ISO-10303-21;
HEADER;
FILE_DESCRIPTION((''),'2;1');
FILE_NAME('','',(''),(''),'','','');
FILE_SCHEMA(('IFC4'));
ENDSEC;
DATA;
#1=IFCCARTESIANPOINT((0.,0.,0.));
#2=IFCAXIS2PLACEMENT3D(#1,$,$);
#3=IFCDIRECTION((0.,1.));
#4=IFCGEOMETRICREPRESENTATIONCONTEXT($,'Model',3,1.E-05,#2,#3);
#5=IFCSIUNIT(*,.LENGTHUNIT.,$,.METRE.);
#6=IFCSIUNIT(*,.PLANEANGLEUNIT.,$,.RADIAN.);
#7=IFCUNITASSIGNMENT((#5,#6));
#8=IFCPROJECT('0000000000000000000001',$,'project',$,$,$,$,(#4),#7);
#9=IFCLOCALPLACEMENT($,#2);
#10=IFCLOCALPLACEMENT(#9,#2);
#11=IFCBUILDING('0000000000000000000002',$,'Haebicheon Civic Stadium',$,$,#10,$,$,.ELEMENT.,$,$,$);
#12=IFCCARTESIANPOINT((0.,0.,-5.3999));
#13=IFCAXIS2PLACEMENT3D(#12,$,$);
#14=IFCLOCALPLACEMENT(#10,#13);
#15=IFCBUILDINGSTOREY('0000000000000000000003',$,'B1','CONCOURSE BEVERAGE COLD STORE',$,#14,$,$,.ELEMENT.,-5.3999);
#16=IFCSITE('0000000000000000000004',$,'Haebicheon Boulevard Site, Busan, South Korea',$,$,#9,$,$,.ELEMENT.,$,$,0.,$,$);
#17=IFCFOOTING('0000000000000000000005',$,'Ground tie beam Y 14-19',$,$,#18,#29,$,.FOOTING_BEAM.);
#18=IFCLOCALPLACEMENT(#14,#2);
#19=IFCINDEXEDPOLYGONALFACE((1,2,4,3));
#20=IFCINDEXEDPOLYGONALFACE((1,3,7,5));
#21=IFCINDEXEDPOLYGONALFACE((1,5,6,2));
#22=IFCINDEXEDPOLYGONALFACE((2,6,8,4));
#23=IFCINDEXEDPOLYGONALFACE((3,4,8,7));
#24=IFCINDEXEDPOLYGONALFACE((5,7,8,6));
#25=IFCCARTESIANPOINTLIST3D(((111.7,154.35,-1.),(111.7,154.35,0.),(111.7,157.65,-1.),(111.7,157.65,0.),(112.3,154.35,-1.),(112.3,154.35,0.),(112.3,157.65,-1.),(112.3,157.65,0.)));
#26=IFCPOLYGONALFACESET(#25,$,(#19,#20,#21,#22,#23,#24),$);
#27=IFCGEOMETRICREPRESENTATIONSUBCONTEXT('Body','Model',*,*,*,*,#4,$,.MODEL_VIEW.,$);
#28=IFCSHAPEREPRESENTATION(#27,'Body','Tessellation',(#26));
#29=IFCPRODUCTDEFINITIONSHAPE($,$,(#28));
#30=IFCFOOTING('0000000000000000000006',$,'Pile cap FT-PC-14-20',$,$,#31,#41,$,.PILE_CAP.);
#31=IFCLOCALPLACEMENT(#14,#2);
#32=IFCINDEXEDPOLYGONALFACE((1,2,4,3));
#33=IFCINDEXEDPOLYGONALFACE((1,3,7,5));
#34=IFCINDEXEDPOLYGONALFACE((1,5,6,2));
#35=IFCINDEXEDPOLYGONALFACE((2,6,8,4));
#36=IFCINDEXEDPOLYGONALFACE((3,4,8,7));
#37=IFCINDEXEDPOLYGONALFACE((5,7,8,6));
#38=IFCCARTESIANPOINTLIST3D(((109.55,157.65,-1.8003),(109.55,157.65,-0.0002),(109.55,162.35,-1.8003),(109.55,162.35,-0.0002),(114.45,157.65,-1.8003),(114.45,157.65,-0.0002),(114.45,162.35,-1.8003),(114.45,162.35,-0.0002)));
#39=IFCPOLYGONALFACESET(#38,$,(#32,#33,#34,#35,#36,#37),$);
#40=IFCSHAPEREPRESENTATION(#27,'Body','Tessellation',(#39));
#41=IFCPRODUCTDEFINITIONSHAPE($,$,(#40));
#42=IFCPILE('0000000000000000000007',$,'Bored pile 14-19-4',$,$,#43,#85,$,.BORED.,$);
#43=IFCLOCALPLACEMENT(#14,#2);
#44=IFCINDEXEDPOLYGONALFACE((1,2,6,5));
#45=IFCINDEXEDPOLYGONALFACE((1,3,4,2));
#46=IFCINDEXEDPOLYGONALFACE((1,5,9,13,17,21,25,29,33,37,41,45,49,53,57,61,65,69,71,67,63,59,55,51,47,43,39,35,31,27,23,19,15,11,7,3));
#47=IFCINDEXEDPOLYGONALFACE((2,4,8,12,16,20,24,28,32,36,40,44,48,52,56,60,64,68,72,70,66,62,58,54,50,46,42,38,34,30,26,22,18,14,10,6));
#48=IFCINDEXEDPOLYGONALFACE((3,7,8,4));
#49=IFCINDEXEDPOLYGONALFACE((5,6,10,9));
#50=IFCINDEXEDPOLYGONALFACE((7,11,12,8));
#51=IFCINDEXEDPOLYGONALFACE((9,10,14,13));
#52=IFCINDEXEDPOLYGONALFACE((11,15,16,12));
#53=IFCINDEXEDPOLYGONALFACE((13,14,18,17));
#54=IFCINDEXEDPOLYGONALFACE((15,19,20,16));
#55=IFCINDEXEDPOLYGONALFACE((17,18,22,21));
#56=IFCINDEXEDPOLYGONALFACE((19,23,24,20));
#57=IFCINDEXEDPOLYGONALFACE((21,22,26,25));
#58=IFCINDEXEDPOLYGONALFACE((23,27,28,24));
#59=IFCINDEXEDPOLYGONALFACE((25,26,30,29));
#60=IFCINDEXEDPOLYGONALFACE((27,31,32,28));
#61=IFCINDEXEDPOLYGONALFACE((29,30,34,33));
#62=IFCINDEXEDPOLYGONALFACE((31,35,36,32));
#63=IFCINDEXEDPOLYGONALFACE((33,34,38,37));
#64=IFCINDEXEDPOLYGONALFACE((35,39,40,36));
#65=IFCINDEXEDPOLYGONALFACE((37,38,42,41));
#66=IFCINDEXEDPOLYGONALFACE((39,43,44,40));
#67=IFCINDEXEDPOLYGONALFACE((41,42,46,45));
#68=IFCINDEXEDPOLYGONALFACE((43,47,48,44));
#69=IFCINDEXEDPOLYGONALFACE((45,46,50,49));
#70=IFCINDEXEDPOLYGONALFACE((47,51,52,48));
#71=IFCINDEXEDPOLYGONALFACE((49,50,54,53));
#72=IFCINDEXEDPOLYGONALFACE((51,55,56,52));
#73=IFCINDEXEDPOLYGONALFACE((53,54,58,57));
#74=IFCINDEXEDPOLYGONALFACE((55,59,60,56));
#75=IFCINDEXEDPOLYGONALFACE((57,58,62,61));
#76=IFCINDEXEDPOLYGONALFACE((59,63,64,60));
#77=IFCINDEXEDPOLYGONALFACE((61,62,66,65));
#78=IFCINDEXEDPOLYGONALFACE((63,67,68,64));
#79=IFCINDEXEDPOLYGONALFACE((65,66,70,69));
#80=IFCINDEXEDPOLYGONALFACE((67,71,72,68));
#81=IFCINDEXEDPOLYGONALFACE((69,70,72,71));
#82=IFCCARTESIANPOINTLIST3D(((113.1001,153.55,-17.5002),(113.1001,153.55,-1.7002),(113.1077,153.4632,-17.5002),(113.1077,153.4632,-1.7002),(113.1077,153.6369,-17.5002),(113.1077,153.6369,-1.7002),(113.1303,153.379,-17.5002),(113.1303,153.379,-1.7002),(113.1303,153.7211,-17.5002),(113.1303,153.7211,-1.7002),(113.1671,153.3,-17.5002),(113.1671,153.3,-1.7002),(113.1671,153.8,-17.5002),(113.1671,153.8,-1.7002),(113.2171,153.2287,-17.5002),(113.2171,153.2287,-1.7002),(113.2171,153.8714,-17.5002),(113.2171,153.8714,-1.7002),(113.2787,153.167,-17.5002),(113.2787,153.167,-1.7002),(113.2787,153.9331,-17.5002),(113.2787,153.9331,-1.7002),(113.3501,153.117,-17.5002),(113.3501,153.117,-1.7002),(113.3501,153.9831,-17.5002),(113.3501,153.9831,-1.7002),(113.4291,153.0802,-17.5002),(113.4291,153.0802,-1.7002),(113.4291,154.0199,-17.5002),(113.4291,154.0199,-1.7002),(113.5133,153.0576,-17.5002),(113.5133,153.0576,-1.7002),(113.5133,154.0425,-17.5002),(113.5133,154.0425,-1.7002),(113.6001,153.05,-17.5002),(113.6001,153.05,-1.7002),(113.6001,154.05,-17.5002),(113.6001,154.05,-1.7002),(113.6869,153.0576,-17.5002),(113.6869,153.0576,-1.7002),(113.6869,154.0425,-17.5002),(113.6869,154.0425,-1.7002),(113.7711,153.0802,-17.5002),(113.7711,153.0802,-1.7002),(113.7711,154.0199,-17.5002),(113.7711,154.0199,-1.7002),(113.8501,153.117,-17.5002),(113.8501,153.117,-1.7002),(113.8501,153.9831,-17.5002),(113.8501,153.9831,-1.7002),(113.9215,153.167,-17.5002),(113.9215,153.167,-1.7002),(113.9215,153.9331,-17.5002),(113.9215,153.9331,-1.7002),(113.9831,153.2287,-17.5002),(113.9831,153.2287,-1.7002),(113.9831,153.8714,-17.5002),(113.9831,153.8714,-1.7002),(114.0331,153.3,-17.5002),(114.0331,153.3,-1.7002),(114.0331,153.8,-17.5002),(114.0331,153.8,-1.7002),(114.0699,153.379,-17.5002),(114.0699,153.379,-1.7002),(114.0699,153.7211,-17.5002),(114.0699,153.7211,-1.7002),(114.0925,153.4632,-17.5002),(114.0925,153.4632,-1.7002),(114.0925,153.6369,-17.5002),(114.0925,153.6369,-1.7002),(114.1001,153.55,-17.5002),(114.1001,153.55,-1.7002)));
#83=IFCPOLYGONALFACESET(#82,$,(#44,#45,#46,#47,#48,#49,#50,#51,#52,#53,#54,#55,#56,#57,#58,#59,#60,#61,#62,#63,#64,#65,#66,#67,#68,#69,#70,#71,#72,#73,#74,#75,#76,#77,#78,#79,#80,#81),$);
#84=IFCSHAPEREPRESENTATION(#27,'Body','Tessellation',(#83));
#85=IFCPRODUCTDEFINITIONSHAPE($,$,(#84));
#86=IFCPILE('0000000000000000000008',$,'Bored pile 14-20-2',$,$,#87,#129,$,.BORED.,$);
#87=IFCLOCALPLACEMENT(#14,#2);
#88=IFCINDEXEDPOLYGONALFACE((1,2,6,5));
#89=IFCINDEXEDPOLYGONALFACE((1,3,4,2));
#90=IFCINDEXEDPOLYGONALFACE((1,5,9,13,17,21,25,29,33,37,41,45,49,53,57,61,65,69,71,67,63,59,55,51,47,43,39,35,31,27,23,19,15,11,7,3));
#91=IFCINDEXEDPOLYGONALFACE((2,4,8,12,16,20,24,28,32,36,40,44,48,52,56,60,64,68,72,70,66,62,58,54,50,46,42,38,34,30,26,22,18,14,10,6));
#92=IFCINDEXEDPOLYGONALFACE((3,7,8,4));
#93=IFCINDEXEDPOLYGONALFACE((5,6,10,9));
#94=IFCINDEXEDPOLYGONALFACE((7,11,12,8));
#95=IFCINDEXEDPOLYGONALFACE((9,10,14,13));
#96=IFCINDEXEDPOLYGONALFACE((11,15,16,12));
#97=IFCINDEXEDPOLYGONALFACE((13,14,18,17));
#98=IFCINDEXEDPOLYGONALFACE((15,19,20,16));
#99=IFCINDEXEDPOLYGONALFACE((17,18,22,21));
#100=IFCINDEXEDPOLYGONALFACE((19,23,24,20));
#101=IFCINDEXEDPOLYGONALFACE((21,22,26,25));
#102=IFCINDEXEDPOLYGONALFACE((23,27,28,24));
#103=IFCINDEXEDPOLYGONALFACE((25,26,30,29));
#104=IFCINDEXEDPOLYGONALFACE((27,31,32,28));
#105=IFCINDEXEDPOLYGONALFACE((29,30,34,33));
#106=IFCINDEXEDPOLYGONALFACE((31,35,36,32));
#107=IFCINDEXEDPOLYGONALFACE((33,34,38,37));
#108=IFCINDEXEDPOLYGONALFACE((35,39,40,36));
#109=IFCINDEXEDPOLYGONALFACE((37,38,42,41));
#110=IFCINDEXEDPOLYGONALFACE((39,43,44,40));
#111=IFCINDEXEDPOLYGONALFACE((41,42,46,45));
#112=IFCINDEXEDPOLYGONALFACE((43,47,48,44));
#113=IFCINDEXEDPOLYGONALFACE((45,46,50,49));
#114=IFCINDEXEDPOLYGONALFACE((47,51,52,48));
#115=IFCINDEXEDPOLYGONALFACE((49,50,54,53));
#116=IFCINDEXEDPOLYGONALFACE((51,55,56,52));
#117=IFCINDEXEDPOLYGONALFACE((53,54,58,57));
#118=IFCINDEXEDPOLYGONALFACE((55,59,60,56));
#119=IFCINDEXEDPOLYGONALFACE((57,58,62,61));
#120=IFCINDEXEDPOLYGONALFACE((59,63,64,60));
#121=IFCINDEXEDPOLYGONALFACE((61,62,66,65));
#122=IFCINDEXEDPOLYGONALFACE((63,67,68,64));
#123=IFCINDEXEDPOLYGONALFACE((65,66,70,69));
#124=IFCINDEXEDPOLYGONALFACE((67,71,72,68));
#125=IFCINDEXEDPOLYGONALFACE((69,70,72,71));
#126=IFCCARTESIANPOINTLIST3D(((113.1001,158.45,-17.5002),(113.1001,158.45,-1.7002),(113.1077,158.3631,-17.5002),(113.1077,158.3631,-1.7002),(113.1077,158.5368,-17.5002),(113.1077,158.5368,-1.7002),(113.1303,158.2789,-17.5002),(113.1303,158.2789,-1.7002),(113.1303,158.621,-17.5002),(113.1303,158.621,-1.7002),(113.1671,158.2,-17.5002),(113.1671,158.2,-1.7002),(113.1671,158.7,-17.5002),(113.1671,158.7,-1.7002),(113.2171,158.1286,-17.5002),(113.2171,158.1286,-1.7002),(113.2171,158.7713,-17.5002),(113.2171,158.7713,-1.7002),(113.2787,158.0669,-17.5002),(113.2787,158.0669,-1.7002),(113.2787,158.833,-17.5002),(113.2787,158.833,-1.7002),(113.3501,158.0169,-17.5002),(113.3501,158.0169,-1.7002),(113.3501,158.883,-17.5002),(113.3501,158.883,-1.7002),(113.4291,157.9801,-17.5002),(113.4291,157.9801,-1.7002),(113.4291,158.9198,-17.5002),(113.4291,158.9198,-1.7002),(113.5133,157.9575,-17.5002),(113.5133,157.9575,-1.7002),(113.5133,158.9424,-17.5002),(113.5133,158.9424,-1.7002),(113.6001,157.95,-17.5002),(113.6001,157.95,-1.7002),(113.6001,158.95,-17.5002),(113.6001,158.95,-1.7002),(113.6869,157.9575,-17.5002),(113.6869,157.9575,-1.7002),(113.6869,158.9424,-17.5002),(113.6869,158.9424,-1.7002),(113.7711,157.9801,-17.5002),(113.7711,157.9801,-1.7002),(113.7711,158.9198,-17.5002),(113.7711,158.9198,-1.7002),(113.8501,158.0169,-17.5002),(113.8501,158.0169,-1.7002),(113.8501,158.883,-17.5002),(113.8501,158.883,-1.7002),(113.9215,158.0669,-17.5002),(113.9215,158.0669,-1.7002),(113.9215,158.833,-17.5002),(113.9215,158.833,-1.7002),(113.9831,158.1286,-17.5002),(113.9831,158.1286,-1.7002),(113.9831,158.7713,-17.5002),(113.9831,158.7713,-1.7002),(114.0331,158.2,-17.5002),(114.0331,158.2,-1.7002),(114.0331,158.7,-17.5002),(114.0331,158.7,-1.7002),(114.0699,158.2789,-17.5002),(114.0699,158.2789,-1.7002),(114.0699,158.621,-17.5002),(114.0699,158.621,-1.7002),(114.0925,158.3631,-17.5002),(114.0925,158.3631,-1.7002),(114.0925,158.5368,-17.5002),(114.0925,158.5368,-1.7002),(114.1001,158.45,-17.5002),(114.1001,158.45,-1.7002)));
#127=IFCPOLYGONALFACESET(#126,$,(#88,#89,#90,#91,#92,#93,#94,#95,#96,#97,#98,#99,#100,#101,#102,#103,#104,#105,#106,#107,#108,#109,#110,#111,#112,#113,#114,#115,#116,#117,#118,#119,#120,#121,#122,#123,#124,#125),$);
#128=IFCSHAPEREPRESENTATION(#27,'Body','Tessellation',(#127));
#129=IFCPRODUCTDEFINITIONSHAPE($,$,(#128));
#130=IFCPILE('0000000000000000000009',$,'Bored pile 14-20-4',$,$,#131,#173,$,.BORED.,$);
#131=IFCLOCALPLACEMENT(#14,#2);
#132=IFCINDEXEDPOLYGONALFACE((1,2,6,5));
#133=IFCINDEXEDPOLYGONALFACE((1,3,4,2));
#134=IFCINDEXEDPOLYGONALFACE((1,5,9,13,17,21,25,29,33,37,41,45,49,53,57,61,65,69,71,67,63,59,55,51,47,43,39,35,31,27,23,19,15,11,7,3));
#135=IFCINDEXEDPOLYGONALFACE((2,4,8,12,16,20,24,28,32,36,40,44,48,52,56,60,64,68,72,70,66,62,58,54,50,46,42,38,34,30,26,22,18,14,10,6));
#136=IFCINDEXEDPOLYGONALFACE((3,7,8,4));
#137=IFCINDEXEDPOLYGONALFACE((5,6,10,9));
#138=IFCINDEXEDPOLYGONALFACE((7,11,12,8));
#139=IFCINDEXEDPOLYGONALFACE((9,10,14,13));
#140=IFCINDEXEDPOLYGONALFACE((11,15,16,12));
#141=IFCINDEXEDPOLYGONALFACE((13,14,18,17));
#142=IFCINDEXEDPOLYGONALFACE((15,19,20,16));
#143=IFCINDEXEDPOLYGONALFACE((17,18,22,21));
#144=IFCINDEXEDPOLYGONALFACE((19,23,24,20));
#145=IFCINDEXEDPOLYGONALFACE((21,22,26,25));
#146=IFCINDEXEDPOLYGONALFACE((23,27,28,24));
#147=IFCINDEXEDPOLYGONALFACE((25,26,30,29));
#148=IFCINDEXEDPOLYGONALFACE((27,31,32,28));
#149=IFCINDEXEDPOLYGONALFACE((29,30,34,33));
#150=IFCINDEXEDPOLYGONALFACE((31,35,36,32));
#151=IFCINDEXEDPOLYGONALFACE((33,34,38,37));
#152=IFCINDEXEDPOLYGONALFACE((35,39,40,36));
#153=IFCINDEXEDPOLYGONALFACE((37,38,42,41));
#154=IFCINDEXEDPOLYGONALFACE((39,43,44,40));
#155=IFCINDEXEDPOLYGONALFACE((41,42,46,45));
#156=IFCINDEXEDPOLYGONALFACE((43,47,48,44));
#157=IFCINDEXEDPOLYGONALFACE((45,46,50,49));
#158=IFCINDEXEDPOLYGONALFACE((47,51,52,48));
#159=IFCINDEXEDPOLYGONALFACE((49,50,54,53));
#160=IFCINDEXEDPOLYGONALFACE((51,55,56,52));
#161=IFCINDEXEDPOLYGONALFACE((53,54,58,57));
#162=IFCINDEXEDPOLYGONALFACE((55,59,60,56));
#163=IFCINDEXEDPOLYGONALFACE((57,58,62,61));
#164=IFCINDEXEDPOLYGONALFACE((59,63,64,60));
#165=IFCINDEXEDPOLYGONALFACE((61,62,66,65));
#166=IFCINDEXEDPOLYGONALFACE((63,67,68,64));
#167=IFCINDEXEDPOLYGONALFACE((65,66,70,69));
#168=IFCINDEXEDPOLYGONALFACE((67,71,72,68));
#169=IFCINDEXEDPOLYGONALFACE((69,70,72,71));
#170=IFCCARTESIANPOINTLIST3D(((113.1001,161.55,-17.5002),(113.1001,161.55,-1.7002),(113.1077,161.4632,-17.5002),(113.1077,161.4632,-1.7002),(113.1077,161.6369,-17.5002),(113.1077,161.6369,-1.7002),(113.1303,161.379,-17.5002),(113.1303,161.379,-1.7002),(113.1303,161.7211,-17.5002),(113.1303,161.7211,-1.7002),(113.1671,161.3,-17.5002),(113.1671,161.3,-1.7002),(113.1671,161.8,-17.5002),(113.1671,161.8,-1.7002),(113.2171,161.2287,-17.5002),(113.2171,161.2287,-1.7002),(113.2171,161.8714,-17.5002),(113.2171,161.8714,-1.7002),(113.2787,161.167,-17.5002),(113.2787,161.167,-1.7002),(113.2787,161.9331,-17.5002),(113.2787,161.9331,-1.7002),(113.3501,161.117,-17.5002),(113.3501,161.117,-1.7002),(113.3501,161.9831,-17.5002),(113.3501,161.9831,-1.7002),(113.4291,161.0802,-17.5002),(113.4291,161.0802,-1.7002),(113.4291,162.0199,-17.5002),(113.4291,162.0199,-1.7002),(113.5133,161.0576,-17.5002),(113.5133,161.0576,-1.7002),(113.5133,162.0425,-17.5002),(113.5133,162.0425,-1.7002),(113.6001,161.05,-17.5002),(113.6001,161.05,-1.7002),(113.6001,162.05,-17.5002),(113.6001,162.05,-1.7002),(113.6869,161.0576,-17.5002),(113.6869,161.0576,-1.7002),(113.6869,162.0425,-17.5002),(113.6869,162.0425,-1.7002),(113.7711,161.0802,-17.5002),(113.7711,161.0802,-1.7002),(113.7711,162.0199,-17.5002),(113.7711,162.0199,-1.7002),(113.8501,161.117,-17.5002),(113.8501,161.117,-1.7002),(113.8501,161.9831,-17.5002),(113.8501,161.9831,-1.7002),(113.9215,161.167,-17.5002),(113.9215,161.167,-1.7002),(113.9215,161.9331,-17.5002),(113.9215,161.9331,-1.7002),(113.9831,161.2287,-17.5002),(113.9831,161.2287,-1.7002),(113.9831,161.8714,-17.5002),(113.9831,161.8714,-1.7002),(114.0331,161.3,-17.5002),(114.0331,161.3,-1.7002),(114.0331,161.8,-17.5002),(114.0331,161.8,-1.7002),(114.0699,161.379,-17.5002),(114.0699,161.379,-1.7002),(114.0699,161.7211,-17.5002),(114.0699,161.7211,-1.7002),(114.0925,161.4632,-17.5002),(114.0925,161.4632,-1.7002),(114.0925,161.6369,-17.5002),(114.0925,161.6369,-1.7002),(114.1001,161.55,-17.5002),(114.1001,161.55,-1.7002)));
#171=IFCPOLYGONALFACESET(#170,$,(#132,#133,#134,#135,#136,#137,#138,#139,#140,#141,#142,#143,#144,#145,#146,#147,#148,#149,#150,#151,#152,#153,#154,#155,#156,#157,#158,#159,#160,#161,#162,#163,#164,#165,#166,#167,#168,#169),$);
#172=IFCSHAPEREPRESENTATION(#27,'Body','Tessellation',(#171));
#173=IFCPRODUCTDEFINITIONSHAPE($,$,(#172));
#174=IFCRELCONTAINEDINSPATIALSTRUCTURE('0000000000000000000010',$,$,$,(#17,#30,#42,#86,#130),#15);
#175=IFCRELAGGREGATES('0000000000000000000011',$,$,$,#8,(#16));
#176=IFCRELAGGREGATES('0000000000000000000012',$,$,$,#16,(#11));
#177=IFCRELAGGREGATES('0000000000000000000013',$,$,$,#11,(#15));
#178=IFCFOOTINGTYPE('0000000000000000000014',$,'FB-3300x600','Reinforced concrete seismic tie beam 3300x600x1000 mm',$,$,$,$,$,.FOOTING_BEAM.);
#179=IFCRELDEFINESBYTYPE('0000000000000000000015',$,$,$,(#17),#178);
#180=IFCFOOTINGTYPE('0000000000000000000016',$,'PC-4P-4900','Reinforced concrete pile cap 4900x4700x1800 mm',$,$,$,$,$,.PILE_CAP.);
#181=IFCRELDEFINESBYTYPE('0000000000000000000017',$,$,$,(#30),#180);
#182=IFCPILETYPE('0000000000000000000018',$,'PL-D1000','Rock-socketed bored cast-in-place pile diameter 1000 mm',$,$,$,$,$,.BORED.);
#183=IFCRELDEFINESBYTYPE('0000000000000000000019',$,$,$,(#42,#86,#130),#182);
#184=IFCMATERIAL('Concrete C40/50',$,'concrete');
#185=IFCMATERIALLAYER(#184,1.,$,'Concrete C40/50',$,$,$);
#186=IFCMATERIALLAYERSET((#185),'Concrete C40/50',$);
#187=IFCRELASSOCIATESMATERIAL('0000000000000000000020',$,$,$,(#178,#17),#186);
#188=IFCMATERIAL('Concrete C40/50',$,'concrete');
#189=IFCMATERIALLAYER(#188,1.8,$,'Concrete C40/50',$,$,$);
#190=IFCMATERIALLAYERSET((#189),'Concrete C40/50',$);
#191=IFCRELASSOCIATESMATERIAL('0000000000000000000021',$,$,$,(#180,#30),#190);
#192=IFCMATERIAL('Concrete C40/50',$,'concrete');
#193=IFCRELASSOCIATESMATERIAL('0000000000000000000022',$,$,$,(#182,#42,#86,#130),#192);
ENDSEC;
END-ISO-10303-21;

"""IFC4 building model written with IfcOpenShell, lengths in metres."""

from ifc_helpers import new_model, si_unit, direction, frame, origin, origin_2d, place, context, subcontext, project, spatial, rectangle, circle, extrude, material, layer, layer_set, material_profile, profile_set, type_object, element, save


model = new_model("IFC4")

# Units and contexts
model_context = context("Model", 3, precision=1e-05, world=origin(), true_north=direction((0.0, 1.0)))
body_context = subcontext(model_context, "Body", "Model", "MODEL_VIEW")
ifc_project = project(units=[si_unit("LENGTHUNIT", "METRE"), si_unit("PLANEANGLEUNIT", "RADIAN")], contexts=[model_context])

# Site, building, storey
site_placement = place(None, origin())
site = spatial("IfcSite", under=ifc_project, at=site_placement, Name="Haebicheon Boulevard Site, Busan, South Korea", CompositionType="ELEMENT", RefElevation=0.0)
building_placement = place(site_placement, origin())
building = spatial("IfcBuilding", under=site, at=building_placement, Name="Haebicheon Civic Stadium", CompositionType="ELEMENT")
storey_placement = place(building_placement, frame((0.0, 0.0, -5.3999)))
storey = spatial("IfcBuildingStorey", under=building, at=storey_placement, Name="B1", Description="CONCOURSE BEVERAGE COLD STORE", CompositionType="ELEMENT", Elevation=-5.3999)

# Footings
ifc_material_1 = material(Name="Concrete C40/50", Category="concrete")
ifc_layer_1 = layer(ifc_material_1, 1.0, Name="Concrete C40/50")
ifc_layer_set_1 = layer_set([ifc_layer_1], Name="Concrete C40/50")
footing_type_1 = type_object("IfcFootingType", Name="FB-3300x600", Description="Reinforced concrete seismic tie beam 3300x600x1000 mm", PredefinedType="FOOTING_BEAM", material=ifc_layer_set_1)
footing_1_placement = place(storey_placement, frame((112.0, 156.0, -1.0), z_axis=(0.0, 0.0, 1.0), x_axis=(0.0, 1.0, 0.0)))
element("IfcFooting", 1, at=footing_1_placement, inside=storey, type_object=footing_type_1, material=ifc_layer_set_1, Name="Ground tie beam Y 14-19", PredefinedType="FOOTING_BEAM", context=body_context, shape_type="SweptSolid", body=[
    extrude(rectangle(XDim=3.3, YDim=0.6001, at=origin_2d()), origin(), (0.0, 0.0, 1.0), 1.0),
])
ifc_material_2 = material(Name="Concrete C40/50", Category="concrete")
ifc_layer_2 = layer(ifc_material_2, 1.8, Name="Concrete C40/50")
ifc_layer_set_2 = layer_set([ifc_layer_2], Name="Concrete C40/50")
footing_type_2 = type_object("IfcFootingType", Name="PC-4P-4900", Description="Reinforced concrete pile cap 4900x4700x1800 mm", PredefinedType="PILE_CAP", material=ifc_layer_set_2)
footing_2_placement = place(storey_placement, frame((112.0, 160.0, -1.8003), z_axis=(0.0, 0.0, 1.0), x_axis=(1.0, 0.0, 0.0)))
element("IfcFooting", 2, at=footing_2_placement, inside=storey, type_object=footing_type_2, material=ifc_layer_set_2, Name="Pile cap FT-PC-14-20", PredefinedType="PILE_CAP", context=body_context, shape_type="SweptSolid", body=[
    extrude(rectangle(XDim=4.8999, YDim=4.7, at=origin_2d()), origin(), (0.0, 0.0, 1.0), 1.8),
])

# Piles
ifc_material_3 = material(Name="Concrete C40/50", Category="concrete")
ifc_material_profile_1 = material_profile(ifc_material_3, circle(Radius=0.5, at=origin_2d()), Name="PILE-D1000")
ifc_profile_set_1 = profile_set([ifc_material_profile_1], Name="Concrete C40/50")
pile_type = type_object("IfcPileType", Name="PL-D1000", Description="Rock-socketed bored cast-in-place pile diameter 1000 mm", PredefinedType="BORED", material=ifc_profile_set_1)
for number, where, z_axis, x_axis, name in (
    (3, (113.6001, 153.55, -1.7002), (0.0, 0.0, -1.0), (1.0, 0.0, 0.0), "Bored pile 14-19-4"),
    (4, (113.6001, 158.45, -1.7002), (0.0, 0.0, -1.0), (1.0, 0.0, 0.0), "Bored pile 14-20-2"),
    (5, (113.6001, 161.55, -1.7002), (0.0, 0.0, -1.0), (1.0, 0.0, 0.0), "Bored pile 14-20-4"),
):
    element("IfcPile", number, at=place(storey_placement, frame(where, z_axis=z_axis, x_axis=x_axis)), inside=storey, type_object=pile_type, material=ifc_profile_set_1, Name=name, PredefinedType="BORED", context=body_context, shape_type="SweptSolid", body=[
        extrude(circle(Radius=0.5, at=origin_2d()), origin(), (0.0, 0.0, 1.0), 15.8),
    ])

save(model, "model.ifc")
